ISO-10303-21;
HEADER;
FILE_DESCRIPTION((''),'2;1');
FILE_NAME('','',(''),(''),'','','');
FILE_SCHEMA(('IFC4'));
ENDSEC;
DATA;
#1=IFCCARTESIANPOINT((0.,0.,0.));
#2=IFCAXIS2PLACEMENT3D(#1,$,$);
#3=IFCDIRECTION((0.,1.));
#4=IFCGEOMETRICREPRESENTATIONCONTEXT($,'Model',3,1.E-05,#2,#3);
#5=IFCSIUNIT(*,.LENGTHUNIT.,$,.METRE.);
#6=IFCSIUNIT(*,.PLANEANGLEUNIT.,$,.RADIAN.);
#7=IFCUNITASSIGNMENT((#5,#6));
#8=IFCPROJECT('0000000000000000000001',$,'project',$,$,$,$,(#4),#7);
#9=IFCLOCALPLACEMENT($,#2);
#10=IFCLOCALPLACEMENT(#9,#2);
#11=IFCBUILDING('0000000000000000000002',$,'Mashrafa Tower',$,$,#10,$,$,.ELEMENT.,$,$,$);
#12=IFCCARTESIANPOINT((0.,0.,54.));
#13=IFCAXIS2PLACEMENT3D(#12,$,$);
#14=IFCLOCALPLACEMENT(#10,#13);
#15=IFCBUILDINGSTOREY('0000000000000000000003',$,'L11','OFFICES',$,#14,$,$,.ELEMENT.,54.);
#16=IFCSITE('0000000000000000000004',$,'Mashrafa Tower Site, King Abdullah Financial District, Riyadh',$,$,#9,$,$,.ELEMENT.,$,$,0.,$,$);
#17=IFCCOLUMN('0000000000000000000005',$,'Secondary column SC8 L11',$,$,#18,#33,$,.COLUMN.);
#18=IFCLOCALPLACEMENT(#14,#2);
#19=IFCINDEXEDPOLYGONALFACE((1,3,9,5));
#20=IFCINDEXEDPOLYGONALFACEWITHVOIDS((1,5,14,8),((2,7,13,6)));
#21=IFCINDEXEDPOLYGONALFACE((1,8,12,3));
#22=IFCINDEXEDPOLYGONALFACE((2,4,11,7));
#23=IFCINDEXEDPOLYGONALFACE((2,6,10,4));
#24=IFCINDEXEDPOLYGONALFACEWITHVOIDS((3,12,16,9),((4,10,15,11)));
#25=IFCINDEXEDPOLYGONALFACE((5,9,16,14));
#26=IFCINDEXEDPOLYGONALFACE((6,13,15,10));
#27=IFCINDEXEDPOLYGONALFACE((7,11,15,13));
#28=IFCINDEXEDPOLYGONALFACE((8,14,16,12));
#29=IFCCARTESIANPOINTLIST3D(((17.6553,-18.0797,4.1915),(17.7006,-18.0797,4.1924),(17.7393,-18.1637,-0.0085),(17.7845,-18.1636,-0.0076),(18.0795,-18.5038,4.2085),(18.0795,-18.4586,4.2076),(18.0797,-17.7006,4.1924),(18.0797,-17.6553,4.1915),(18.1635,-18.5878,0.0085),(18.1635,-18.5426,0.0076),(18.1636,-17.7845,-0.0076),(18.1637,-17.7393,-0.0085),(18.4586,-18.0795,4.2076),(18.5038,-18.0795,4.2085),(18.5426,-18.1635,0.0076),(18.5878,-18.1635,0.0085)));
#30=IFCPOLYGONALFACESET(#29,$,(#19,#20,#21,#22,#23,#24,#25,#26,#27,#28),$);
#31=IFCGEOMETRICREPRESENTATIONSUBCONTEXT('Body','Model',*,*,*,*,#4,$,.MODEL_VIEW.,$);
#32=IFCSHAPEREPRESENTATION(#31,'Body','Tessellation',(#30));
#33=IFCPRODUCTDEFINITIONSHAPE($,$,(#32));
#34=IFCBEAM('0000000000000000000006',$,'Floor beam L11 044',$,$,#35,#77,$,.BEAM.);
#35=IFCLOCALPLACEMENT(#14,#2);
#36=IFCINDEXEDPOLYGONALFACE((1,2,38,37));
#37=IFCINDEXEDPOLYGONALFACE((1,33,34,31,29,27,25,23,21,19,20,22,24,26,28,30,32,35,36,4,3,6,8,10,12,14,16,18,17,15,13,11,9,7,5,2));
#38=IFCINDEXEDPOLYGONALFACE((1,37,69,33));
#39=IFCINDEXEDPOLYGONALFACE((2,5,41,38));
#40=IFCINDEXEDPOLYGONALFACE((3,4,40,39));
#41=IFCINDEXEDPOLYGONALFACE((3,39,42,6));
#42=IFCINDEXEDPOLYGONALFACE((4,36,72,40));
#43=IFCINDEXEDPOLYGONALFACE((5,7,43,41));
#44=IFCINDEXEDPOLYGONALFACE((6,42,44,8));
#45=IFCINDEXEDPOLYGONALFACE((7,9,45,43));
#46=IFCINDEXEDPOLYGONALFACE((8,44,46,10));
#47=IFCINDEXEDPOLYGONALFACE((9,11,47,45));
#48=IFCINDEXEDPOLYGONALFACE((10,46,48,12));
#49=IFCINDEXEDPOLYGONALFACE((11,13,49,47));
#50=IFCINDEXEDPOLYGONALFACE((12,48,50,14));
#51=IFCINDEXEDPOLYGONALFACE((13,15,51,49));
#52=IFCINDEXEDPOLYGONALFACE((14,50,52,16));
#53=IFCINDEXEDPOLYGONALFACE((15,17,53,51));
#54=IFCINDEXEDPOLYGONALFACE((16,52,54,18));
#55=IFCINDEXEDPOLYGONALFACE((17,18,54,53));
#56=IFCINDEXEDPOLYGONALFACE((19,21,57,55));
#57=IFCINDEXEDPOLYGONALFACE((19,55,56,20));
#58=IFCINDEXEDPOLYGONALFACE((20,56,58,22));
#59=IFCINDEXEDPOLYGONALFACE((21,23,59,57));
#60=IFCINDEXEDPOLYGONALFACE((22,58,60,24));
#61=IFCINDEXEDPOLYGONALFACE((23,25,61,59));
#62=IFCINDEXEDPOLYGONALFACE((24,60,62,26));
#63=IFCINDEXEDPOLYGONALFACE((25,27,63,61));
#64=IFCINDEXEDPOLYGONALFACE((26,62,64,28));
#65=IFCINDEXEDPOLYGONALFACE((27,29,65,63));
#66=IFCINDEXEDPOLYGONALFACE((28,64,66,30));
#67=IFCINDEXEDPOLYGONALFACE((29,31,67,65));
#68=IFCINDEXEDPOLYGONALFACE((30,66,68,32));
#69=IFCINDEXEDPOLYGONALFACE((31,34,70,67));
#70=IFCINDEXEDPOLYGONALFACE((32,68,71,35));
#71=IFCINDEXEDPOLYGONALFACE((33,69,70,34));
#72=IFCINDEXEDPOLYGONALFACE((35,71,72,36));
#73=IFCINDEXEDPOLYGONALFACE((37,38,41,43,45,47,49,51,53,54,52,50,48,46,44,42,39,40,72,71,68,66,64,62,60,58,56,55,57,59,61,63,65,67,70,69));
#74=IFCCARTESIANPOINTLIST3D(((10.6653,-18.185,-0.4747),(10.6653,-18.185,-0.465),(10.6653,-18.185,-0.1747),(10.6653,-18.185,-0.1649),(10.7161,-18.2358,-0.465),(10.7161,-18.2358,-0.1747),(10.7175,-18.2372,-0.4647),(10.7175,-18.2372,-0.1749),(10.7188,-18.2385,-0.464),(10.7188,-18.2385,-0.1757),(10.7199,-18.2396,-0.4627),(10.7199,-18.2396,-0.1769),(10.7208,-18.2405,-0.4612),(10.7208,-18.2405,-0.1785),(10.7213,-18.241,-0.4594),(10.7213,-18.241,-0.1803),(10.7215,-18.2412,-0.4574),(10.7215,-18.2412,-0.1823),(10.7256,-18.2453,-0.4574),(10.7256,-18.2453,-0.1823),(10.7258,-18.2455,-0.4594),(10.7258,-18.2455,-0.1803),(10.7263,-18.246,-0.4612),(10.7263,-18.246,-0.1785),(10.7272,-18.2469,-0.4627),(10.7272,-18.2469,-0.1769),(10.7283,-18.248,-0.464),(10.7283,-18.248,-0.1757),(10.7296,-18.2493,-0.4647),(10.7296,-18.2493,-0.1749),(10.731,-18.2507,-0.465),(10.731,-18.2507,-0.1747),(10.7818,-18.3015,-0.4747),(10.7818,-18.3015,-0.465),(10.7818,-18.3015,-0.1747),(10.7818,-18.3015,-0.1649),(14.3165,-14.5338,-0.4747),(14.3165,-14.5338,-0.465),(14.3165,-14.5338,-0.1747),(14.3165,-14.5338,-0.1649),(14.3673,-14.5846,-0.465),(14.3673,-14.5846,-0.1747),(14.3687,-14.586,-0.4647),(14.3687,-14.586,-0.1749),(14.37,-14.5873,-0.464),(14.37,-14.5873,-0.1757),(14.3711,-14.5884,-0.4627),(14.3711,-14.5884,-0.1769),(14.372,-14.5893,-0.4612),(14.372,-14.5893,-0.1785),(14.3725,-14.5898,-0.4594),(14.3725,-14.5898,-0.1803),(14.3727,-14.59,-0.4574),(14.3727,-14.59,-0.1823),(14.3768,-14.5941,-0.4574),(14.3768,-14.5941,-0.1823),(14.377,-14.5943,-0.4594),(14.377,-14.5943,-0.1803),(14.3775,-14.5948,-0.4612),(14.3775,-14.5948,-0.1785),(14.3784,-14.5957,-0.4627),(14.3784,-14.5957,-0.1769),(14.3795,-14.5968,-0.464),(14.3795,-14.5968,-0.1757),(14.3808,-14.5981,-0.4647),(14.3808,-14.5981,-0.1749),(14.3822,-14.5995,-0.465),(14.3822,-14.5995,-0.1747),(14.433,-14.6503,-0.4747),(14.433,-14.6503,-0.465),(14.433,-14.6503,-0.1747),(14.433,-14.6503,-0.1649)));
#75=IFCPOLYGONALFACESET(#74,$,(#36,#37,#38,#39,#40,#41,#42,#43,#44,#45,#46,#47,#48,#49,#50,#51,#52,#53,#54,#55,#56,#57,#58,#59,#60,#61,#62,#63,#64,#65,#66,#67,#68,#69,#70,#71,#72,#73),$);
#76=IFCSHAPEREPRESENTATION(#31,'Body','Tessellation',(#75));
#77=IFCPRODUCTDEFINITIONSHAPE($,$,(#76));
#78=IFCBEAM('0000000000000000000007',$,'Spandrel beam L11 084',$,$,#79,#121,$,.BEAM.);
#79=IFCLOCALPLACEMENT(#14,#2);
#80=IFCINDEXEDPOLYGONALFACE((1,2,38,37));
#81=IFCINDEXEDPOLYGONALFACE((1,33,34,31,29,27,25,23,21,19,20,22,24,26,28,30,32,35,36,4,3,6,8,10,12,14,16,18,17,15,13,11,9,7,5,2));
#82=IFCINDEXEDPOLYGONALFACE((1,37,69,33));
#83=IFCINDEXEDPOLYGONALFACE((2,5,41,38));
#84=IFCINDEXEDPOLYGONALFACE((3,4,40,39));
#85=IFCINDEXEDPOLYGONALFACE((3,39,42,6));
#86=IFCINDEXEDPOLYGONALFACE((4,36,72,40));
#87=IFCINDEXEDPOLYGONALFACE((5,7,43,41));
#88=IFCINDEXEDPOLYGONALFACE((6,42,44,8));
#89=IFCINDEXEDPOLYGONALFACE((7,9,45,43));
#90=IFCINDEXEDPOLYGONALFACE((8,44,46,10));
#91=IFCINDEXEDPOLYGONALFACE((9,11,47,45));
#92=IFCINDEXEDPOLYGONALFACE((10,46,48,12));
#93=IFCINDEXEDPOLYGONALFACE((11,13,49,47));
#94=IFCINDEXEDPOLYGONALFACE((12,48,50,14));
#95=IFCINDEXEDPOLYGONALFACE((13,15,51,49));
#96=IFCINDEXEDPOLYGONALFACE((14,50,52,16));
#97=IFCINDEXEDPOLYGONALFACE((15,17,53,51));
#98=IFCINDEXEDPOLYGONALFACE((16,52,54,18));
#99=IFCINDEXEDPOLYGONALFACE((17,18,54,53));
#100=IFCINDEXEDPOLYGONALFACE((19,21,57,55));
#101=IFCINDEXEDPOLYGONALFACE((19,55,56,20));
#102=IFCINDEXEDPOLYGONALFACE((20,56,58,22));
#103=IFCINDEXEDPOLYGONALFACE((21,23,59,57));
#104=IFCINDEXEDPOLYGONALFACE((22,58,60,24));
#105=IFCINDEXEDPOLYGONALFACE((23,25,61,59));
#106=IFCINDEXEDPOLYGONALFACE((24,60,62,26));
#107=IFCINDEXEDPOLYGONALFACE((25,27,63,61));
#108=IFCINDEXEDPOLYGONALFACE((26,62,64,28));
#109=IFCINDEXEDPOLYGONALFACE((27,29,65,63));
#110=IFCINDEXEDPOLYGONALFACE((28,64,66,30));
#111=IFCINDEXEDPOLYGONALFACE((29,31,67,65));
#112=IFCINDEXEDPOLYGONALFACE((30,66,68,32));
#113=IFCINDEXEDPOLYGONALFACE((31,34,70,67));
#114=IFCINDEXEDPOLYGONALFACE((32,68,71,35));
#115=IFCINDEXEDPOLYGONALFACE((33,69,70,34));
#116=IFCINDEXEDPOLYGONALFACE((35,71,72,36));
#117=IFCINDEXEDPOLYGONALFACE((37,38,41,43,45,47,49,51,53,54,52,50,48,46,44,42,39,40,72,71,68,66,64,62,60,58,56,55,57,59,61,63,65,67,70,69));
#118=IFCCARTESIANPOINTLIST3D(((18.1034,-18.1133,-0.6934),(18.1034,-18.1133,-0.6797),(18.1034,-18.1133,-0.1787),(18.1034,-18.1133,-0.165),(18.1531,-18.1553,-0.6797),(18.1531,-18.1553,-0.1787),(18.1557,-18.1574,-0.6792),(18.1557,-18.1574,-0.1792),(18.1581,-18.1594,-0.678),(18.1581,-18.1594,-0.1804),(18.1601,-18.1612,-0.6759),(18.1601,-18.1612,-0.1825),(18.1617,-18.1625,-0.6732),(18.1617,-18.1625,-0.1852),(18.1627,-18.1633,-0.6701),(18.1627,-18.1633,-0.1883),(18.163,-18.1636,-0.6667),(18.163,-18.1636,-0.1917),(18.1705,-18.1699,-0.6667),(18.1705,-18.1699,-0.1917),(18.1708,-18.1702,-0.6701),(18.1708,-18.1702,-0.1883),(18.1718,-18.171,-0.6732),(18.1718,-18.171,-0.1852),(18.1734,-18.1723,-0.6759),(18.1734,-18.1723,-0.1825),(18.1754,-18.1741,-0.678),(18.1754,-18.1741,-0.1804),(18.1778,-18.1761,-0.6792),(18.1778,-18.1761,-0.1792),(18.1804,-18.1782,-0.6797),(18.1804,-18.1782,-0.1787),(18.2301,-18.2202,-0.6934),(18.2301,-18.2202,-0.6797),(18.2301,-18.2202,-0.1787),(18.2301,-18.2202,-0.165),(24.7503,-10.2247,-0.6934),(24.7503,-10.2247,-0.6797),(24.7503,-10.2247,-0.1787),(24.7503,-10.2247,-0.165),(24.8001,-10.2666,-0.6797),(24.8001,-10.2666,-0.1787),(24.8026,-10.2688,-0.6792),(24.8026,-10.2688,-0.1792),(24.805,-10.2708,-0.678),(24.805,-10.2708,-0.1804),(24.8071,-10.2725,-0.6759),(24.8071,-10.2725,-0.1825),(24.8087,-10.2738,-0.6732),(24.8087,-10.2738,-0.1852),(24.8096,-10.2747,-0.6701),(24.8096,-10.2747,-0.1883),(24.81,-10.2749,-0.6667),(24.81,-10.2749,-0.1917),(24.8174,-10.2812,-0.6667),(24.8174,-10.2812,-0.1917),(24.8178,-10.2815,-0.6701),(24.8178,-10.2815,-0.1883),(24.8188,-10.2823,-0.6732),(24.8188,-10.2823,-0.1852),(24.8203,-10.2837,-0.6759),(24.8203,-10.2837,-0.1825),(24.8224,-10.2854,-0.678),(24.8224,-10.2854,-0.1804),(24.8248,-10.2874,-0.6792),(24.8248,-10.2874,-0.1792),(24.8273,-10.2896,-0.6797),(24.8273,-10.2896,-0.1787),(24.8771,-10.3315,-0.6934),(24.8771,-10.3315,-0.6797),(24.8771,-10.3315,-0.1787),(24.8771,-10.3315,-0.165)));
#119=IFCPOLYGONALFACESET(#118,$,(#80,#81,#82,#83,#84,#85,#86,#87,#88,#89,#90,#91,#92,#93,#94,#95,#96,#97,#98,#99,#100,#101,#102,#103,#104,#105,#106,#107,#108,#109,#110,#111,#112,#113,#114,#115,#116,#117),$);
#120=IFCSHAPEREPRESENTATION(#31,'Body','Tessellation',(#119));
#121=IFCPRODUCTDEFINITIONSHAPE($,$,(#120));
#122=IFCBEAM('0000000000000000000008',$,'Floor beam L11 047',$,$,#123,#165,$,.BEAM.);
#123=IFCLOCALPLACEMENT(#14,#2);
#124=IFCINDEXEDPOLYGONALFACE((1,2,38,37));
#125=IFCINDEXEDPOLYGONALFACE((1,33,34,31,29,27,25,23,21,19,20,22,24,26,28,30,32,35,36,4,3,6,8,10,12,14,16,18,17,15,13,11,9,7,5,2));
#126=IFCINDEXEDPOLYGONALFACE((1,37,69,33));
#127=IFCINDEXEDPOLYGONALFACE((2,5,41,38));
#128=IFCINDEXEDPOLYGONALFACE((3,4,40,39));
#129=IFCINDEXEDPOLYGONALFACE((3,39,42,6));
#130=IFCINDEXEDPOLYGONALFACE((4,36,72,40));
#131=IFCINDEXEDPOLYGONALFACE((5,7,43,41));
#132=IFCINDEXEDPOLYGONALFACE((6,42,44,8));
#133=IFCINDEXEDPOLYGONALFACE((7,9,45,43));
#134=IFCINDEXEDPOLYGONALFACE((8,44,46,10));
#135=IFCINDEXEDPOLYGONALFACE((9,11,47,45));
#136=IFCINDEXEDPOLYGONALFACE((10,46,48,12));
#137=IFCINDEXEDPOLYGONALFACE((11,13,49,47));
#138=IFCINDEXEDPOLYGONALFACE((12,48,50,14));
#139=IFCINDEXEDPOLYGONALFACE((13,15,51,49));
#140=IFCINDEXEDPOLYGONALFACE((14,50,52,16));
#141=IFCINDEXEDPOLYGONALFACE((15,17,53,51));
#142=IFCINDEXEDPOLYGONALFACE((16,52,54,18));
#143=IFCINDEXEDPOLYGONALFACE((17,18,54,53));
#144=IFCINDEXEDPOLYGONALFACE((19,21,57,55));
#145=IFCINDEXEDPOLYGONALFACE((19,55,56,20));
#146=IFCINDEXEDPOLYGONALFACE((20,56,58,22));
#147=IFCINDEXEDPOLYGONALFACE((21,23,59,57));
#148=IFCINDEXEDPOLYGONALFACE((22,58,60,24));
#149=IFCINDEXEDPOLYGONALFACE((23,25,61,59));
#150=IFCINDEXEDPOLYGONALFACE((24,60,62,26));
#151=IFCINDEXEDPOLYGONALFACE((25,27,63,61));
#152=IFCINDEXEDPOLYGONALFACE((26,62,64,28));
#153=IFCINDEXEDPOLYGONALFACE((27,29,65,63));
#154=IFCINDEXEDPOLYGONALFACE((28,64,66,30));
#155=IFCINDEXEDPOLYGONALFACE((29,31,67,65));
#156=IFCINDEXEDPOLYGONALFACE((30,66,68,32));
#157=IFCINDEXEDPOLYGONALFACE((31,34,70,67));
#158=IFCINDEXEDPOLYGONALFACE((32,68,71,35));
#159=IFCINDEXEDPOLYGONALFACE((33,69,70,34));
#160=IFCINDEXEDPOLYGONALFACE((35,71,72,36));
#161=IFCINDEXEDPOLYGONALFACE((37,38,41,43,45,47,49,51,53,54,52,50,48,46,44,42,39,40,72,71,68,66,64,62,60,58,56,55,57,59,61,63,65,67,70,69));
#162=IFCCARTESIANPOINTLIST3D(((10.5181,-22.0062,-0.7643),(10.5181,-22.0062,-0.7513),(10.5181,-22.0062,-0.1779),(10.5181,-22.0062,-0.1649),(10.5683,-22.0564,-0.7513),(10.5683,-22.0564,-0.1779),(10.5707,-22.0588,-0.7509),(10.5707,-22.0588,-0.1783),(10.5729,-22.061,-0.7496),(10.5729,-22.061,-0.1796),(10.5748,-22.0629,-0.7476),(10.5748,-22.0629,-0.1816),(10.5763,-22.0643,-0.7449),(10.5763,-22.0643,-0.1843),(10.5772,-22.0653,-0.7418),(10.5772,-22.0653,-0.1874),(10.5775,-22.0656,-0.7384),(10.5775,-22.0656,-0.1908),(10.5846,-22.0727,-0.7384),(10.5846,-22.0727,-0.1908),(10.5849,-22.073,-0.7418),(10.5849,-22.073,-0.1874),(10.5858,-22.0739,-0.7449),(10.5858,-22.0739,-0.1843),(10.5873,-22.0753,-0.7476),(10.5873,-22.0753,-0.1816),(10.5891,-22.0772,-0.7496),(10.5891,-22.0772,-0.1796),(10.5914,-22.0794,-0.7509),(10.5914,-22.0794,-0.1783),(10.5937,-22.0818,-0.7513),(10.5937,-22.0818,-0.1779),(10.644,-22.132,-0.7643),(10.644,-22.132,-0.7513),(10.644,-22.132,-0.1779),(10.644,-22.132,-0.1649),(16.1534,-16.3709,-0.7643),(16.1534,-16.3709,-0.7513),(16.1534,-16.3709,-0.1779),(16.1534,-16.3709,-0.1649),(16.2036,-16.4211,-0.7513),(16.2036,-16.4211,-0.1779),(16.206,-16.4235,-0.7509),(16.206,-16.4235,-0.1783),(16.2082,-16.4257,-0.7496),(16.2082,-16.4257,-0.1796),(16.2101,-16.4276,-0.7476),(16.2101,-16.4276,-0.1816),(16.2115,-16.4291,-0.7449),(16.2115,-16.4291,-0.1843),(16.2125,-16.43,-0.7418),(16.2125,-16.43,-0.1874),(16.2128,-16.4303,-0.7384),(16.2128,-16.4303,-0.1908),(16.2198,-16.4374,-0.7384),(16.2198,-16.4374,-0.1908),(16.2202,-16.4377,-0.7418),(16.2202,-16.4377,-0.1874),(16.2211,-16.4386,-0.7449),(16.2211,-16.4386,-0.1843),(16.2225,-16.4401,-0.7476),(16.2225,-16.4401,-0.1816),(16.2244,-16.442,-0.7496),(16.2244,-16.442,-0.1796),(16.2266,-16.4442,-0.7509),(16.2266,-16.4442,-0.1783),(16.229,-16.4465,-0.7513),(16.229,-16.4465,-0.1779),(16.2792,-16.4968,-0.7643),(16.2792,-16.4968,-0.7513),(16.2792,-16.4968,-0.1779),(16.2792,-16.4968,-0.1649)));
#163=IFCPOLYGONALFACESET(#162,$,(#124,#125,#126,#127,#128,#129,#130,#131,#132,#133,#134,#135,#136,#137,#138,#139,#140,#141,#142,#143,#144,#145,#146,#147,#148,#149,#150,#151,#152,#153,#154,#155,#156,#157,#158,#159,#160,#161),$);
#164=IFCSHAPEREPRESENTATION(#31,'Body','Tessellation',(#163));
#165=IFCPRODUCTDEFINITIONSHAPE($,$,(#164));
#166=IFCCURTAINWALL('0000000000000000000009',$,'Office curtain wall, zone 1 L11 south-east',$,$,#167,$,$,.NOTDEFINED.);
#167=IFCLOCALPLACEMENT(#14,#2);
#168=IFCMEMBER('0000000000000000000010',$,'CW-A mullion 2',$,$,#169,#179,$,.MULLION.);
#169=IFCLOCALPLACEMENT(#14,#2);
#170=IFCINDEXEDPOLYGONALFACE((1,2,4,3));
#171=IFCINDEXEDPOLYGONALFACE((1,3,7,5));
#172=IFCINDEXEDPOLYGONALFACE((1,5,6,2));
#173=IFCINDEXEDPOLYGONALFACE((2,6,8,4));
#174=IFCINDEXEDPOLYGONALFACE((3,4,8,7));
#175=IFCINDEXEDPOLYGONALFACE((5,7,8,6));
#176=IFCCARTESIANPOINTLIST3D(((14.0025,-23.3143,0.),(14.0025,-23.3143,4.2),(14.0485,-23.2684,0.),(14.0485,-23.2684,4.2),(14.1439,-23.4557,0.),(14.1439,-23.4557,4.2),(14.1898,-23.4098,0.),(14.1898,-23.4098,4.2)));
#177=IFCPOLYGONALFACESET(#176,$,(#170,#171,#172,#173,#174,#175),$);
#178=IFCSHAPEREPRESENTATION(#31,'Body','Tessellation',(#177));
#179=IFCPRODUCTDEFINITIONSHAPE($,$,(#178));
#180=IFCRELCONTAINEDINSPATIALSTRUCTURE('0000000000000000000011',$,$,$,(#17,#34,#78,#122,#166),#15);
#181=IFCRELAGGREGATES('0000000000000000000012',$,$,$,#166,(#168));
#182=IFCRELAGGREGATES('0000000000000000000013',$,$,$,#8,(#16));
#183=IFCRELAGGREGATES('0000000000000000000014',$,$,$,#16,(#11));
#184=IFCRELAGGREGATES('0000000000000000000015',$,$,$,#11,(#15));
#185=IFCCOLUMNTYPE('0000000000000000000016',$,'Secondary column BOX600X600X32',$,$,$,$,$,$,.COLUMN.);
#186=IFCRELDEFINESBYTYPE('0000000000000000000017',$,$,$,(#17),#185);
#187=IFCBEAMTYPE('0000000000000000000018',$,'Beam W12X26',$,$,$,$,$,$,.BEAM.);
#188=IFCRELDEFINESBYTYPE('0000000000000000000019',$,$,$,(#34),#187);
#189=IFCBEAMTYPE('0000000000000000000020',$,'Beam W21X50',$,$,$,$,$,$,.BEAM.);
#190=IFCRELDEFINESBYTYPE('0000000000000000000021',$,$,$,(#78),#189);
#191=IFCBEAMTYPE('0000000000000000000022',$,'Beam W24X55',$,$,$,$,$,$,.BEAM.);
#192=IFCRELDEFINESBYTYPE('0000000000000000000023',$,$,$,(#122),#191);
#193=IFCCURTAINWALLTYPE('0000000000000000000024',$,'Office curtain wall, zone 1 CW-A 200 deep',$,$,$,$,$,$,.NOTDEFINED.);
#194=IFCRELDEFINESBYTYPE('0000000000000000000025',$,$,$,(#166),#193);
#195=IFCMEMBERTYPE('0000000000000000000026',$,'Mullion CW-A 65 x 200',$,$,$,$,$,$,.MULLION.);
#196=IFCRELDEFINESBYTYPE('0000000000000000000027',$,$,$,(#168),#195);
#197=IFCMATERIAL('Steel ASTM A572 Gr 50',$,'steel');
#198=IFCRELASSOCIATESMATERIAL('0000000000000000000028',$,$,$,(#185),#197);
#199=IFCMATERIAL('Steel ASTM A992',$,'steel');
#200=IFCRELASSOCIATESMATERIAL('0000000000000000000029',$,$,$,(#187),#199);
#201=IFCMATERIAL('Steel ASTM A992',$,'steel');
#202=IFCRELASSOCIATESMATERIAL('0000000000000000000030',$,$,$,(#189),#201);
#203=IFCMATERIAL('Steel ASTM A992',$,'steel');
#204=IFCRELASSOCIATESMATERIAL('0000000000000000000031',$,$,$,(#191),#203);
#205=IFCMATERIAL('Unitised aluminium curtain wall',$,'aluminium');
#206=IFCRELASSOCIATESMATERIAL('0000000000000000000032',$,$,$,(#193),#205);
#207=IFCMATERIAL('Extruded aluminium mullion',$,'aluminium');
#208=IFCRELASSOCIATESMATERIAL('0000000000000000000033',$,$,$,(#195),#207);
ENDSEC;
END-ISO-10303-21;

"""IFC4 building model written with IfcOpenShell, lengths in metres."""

from ifc_helpers import new_model, si_unit, direction, frame, origin, origin_2d, place, context, subcontext, project, spatial, rectangle, hollow_rectangle, i_section, extrude, source, transform, mapped, material, material_profile, profile_set, type_object, type_shapes, element, aggregate, save


model = new_model("IFC4")

# Units and contexts
model_context = context("Model", 3, precision=1e-05, world=origin(), true_north=direction((0.0, 1.0)))
body_context = subcontext(model_context, "Body", "Model", "MODEL_VIEW")
ifc_project = project(units=[si_unit("LENGTHUNIT", "METRE"), si_unit("PLANEANGLEUNIT", "RADIAN")], contexts=[model_context])

# Site, building, storey
site_placement = place(None, origin())
site = spatial("IfcSite", under=ifc_project, at=site_placement, Name="Mashrafa Tower Site, King Abdullah Financial District, Riyadh", CompositionType="ELEMENT", RefElevation=0.0)
building_placement = place(site_placement, origin())
building = spatial("IfcBuilding", under=site, at=building_placement, Name="Mashrafa Tower", CompositionType="ELEMENT")
storey_placement = place(building_placement, frame((0.0, 0.0, 54.0)))
storey = spatial("IfcBuildingStorey", under=building, at=storey_placement, Name="L11", Description="OFFICES", CompositionType="ELEMENT", Elevation=54.0)

# Column
ifc_material_1 = material(Name="Steel ASTM A572 Gr 50", Category="steel")
ifc_material_profile_1 = material_profile(ifc_material_1, hollow_rectangle(XDim=0.6001, YDim=0.6001, WallThickness=0.032, at=origin_2d()), Name="BOX600X600X32")
ifc_profile_set_1 = profile_set([ifc_material_profile_1], Name="Steel ASTM A572 Gr 50")
column_type = type_object("IfcColumnType", Name="Secondary column BOX600X600X32", PredefinedType="COLUMN", material=ifc_profile_set_1)
column_placement = place(storey_placement, frame((18.1636, -18.1636, 0.0), z_axis=(-0.019989, 0.019989, 0.9996), x_axis=(-0.707107, -0.707107, 0.0)))
element("IfcColumn", 1, at=column_placement, inside=storey, type_object=column_type, Name="Secondary column SC8 L11", PredefinedType="COLUMN", context=body_context, shape_type="SweptSolid", body=[
    extrude(hollow_rectangle(XDim=0.6001, YDim=0.6001, WallThickness=0.032, at=origin_2d()), origin(), (0.0, 0.0, 1.0), 4.2017),
])

# Beams
ifc_material_2 = material(Name="Steel ASTM A992", Category="steel")
ifc_material_profile_2 = material_profile(ifc_material_2, i_section(OverallWidth=0.1648, OverallDepth=0.3098, WebThickness=0.0059, FlangeThickness=0.0098, FilletRadius=0.0076, at=origin_2d()), Name="W12X26")
ifc_profile_set_2 = profile_set([ifc_material_profile_2], Name="Steel ASTM A992")
beam_type_1 = type_object("IfcBeamType", Name="Beam W12X26", PredefinedType="BEAM", material=ifc_profile_set_2)
beam_1_placement = place(storey_placement, frame((14.3748, -14.592, -0.3198), z_axis=(-0.707107, -0.707107, 0.0), x_axis=(0.707107, -0.707107, 0.0)))
element("IfcBeam", 2, at=beam_1_placement, inside=storey, type_object=beam_type_1, Name="Floor beam L11 044", PredefinedType="BEAM", context=body_context, shape_type="SweptSolid", body=[
    extrude(i_section(OverallWidth=0.1648, OverallDepth=0.3098, WebThickness=0.0059, FlangeThickness=0.0098, FilletRadius=0.0076, at=origin_2d()), origin(), (0.0, 0.0, 1.0), 5.1636),
])
ifc_material_3 = material(Name="Steel ASTM A992", Category="steel")
ifc_material_profile_3 = material_profile(ifc_material_3, i_section(OverallWidth=0.1658, OverallDepth=0.5283, WebThickness=0.0098, FlangeThickness=0.0137, FilletRadius=0.0129, at=origin_2d()), Name="W21X50")
ifc_profile_set_3 = profile_set([ifc_material_profile_3], Name="Steel ASTM A992")
beam_type_2 = type_object("IfcBeamType", Name="Beam W21X50", PredefinedType="BEAM", material=ifc_profile_set_3)
beam_2_placement = place(storey_placement, frame((18.1667, -18.1667, -0.4292), z_axis=(0.644356, 0.764726, 0.0), x_axis=(-0.764726, 0.644356, 0.0)))
element("IfcBeam", 3, at=beam_2_placement, inside=storey, type_object=beam_type_2, Name="Spandrel beam L11 084", PredefinedType="BEAM", context=body_context, shape_type="SweptSolid", body=[
    extrude(i_section(OverallWidth=0.1658, OverallDepth=0.5283, WebThickness=0.0098, FlangeThickness=0.0137, FilletRadius=0.0129, at=origin_2d()), origin(), (0.0, 0.0, 1.0), 10.3157),
])
ifc_material_4 = material(Name="Steel ASTM A992", Category="steel")
ifc_material_profile_4 = material_profile(ifc_material_4, i_section(OverallWidth=0.178, OverallDepth=0.5994, WebThickness=0.01, FlangeThickness=0.0129, FilletRadius=0.0129, at=origin_2d()), Name="W24X55")
ifc_profile_set_4 = profile_set([ifc_material_profile_4], Name="Steel ASTM A992")
beam_type_3 = type_object("IfcBeamType", Name="Beam W24X55", PredefinedType="BEAM", material=ifc_profile_set_4)
beam_3_placement = place(storey_placement, frame((16.2163, -16.4338, -0.4646), z_axis=(-0.707107, -0.707107, 0.0), x_axis=(0.707107, -0.707107, 0.0)))
element("IfcBeam", 4, at=beam_3_placement, inside=storey, type_object=beam_type_3, Name="Floor beam L11 047", PredefinedType="BEAM", context=body_context, shape_type="SweptSolid", body=[
    extrude(i_section(OverallWidth=0.178, OverallDepth=0.5994, WebThickness=0.01, FlangeThickness=0.0129, FilletRadius=0.0129, at=origin_2d()), origin(), (0.0, 0.0, 1.0), 7.9695),
])

# Curtain wall, member
ifc_material_5 = material(Name="Unitised aluminium curtain wall", Category="aluminium")
curtain_wall_type = type_object("IfcCurtainWallType", Name="Office curtain wall, zone 1 CW-A 200 deep", PredefinedType="NOTDEFINED", material=ifc_material_5)
curtain_wall_placement = place(storey_placement, origin())
curtain_wall = element("IfcCurtainWall", 5, at=curtain_wall_placement, inside=storey, type_object=curtain_wall_type, Name="Office curtain wall, zone 1 L11 south-east", PredefinedType="NOTDEFINED")
ifc_material_6 = material(Name="Extruded aluminium mullion", Category="aluminium")
ifc_material_profile_5 = material_profile(ifc_material_6, rectangle(XDim=0.2, YDim=0.0649, at=origin_2d()), Name="Mullion 65x200")
ifc_profile_set_5 = profile_set([ifc_material_profile_5], Name="Extruded aluminium mullion")
member_type_1 = type_object("IfcMemberType", Name="Mullion CW-A 65 x 200", PredefinedType="MULLION", material=ifc_profile_set_5)
shared_shape_1 = source(origin(), body_context, "Body", "SweptSolid", [
    extrude(rectangle(XDim=0.2, YDim=0.0649, at=origin_2d()), origin(), (0.0, 0.0, 1.0), 4.2),
])
type_shapes(member_type_1, [shared_shape_1])
member_1_placement = place(storey_placement, frame((14.0962, -23.3621, 0.0), z_axis=(0.0, 0.0, 1.0), x_axis=(-0.707107, 0.707107, 0.0)))
member_1 = element("IfcMember", 6, at=member_1_placement, type_object=member_type_1, Name="CW-A mullion 2", PredefinedType="MULLION", context=body_context, shape_type="MappedRepresentation", body=[
    mapped(shared_shape_1, transform((0.0, 0.0, 0.0))),
])
aggregate(curtain_wall, [member_1])

save(model, "model.ifc")
